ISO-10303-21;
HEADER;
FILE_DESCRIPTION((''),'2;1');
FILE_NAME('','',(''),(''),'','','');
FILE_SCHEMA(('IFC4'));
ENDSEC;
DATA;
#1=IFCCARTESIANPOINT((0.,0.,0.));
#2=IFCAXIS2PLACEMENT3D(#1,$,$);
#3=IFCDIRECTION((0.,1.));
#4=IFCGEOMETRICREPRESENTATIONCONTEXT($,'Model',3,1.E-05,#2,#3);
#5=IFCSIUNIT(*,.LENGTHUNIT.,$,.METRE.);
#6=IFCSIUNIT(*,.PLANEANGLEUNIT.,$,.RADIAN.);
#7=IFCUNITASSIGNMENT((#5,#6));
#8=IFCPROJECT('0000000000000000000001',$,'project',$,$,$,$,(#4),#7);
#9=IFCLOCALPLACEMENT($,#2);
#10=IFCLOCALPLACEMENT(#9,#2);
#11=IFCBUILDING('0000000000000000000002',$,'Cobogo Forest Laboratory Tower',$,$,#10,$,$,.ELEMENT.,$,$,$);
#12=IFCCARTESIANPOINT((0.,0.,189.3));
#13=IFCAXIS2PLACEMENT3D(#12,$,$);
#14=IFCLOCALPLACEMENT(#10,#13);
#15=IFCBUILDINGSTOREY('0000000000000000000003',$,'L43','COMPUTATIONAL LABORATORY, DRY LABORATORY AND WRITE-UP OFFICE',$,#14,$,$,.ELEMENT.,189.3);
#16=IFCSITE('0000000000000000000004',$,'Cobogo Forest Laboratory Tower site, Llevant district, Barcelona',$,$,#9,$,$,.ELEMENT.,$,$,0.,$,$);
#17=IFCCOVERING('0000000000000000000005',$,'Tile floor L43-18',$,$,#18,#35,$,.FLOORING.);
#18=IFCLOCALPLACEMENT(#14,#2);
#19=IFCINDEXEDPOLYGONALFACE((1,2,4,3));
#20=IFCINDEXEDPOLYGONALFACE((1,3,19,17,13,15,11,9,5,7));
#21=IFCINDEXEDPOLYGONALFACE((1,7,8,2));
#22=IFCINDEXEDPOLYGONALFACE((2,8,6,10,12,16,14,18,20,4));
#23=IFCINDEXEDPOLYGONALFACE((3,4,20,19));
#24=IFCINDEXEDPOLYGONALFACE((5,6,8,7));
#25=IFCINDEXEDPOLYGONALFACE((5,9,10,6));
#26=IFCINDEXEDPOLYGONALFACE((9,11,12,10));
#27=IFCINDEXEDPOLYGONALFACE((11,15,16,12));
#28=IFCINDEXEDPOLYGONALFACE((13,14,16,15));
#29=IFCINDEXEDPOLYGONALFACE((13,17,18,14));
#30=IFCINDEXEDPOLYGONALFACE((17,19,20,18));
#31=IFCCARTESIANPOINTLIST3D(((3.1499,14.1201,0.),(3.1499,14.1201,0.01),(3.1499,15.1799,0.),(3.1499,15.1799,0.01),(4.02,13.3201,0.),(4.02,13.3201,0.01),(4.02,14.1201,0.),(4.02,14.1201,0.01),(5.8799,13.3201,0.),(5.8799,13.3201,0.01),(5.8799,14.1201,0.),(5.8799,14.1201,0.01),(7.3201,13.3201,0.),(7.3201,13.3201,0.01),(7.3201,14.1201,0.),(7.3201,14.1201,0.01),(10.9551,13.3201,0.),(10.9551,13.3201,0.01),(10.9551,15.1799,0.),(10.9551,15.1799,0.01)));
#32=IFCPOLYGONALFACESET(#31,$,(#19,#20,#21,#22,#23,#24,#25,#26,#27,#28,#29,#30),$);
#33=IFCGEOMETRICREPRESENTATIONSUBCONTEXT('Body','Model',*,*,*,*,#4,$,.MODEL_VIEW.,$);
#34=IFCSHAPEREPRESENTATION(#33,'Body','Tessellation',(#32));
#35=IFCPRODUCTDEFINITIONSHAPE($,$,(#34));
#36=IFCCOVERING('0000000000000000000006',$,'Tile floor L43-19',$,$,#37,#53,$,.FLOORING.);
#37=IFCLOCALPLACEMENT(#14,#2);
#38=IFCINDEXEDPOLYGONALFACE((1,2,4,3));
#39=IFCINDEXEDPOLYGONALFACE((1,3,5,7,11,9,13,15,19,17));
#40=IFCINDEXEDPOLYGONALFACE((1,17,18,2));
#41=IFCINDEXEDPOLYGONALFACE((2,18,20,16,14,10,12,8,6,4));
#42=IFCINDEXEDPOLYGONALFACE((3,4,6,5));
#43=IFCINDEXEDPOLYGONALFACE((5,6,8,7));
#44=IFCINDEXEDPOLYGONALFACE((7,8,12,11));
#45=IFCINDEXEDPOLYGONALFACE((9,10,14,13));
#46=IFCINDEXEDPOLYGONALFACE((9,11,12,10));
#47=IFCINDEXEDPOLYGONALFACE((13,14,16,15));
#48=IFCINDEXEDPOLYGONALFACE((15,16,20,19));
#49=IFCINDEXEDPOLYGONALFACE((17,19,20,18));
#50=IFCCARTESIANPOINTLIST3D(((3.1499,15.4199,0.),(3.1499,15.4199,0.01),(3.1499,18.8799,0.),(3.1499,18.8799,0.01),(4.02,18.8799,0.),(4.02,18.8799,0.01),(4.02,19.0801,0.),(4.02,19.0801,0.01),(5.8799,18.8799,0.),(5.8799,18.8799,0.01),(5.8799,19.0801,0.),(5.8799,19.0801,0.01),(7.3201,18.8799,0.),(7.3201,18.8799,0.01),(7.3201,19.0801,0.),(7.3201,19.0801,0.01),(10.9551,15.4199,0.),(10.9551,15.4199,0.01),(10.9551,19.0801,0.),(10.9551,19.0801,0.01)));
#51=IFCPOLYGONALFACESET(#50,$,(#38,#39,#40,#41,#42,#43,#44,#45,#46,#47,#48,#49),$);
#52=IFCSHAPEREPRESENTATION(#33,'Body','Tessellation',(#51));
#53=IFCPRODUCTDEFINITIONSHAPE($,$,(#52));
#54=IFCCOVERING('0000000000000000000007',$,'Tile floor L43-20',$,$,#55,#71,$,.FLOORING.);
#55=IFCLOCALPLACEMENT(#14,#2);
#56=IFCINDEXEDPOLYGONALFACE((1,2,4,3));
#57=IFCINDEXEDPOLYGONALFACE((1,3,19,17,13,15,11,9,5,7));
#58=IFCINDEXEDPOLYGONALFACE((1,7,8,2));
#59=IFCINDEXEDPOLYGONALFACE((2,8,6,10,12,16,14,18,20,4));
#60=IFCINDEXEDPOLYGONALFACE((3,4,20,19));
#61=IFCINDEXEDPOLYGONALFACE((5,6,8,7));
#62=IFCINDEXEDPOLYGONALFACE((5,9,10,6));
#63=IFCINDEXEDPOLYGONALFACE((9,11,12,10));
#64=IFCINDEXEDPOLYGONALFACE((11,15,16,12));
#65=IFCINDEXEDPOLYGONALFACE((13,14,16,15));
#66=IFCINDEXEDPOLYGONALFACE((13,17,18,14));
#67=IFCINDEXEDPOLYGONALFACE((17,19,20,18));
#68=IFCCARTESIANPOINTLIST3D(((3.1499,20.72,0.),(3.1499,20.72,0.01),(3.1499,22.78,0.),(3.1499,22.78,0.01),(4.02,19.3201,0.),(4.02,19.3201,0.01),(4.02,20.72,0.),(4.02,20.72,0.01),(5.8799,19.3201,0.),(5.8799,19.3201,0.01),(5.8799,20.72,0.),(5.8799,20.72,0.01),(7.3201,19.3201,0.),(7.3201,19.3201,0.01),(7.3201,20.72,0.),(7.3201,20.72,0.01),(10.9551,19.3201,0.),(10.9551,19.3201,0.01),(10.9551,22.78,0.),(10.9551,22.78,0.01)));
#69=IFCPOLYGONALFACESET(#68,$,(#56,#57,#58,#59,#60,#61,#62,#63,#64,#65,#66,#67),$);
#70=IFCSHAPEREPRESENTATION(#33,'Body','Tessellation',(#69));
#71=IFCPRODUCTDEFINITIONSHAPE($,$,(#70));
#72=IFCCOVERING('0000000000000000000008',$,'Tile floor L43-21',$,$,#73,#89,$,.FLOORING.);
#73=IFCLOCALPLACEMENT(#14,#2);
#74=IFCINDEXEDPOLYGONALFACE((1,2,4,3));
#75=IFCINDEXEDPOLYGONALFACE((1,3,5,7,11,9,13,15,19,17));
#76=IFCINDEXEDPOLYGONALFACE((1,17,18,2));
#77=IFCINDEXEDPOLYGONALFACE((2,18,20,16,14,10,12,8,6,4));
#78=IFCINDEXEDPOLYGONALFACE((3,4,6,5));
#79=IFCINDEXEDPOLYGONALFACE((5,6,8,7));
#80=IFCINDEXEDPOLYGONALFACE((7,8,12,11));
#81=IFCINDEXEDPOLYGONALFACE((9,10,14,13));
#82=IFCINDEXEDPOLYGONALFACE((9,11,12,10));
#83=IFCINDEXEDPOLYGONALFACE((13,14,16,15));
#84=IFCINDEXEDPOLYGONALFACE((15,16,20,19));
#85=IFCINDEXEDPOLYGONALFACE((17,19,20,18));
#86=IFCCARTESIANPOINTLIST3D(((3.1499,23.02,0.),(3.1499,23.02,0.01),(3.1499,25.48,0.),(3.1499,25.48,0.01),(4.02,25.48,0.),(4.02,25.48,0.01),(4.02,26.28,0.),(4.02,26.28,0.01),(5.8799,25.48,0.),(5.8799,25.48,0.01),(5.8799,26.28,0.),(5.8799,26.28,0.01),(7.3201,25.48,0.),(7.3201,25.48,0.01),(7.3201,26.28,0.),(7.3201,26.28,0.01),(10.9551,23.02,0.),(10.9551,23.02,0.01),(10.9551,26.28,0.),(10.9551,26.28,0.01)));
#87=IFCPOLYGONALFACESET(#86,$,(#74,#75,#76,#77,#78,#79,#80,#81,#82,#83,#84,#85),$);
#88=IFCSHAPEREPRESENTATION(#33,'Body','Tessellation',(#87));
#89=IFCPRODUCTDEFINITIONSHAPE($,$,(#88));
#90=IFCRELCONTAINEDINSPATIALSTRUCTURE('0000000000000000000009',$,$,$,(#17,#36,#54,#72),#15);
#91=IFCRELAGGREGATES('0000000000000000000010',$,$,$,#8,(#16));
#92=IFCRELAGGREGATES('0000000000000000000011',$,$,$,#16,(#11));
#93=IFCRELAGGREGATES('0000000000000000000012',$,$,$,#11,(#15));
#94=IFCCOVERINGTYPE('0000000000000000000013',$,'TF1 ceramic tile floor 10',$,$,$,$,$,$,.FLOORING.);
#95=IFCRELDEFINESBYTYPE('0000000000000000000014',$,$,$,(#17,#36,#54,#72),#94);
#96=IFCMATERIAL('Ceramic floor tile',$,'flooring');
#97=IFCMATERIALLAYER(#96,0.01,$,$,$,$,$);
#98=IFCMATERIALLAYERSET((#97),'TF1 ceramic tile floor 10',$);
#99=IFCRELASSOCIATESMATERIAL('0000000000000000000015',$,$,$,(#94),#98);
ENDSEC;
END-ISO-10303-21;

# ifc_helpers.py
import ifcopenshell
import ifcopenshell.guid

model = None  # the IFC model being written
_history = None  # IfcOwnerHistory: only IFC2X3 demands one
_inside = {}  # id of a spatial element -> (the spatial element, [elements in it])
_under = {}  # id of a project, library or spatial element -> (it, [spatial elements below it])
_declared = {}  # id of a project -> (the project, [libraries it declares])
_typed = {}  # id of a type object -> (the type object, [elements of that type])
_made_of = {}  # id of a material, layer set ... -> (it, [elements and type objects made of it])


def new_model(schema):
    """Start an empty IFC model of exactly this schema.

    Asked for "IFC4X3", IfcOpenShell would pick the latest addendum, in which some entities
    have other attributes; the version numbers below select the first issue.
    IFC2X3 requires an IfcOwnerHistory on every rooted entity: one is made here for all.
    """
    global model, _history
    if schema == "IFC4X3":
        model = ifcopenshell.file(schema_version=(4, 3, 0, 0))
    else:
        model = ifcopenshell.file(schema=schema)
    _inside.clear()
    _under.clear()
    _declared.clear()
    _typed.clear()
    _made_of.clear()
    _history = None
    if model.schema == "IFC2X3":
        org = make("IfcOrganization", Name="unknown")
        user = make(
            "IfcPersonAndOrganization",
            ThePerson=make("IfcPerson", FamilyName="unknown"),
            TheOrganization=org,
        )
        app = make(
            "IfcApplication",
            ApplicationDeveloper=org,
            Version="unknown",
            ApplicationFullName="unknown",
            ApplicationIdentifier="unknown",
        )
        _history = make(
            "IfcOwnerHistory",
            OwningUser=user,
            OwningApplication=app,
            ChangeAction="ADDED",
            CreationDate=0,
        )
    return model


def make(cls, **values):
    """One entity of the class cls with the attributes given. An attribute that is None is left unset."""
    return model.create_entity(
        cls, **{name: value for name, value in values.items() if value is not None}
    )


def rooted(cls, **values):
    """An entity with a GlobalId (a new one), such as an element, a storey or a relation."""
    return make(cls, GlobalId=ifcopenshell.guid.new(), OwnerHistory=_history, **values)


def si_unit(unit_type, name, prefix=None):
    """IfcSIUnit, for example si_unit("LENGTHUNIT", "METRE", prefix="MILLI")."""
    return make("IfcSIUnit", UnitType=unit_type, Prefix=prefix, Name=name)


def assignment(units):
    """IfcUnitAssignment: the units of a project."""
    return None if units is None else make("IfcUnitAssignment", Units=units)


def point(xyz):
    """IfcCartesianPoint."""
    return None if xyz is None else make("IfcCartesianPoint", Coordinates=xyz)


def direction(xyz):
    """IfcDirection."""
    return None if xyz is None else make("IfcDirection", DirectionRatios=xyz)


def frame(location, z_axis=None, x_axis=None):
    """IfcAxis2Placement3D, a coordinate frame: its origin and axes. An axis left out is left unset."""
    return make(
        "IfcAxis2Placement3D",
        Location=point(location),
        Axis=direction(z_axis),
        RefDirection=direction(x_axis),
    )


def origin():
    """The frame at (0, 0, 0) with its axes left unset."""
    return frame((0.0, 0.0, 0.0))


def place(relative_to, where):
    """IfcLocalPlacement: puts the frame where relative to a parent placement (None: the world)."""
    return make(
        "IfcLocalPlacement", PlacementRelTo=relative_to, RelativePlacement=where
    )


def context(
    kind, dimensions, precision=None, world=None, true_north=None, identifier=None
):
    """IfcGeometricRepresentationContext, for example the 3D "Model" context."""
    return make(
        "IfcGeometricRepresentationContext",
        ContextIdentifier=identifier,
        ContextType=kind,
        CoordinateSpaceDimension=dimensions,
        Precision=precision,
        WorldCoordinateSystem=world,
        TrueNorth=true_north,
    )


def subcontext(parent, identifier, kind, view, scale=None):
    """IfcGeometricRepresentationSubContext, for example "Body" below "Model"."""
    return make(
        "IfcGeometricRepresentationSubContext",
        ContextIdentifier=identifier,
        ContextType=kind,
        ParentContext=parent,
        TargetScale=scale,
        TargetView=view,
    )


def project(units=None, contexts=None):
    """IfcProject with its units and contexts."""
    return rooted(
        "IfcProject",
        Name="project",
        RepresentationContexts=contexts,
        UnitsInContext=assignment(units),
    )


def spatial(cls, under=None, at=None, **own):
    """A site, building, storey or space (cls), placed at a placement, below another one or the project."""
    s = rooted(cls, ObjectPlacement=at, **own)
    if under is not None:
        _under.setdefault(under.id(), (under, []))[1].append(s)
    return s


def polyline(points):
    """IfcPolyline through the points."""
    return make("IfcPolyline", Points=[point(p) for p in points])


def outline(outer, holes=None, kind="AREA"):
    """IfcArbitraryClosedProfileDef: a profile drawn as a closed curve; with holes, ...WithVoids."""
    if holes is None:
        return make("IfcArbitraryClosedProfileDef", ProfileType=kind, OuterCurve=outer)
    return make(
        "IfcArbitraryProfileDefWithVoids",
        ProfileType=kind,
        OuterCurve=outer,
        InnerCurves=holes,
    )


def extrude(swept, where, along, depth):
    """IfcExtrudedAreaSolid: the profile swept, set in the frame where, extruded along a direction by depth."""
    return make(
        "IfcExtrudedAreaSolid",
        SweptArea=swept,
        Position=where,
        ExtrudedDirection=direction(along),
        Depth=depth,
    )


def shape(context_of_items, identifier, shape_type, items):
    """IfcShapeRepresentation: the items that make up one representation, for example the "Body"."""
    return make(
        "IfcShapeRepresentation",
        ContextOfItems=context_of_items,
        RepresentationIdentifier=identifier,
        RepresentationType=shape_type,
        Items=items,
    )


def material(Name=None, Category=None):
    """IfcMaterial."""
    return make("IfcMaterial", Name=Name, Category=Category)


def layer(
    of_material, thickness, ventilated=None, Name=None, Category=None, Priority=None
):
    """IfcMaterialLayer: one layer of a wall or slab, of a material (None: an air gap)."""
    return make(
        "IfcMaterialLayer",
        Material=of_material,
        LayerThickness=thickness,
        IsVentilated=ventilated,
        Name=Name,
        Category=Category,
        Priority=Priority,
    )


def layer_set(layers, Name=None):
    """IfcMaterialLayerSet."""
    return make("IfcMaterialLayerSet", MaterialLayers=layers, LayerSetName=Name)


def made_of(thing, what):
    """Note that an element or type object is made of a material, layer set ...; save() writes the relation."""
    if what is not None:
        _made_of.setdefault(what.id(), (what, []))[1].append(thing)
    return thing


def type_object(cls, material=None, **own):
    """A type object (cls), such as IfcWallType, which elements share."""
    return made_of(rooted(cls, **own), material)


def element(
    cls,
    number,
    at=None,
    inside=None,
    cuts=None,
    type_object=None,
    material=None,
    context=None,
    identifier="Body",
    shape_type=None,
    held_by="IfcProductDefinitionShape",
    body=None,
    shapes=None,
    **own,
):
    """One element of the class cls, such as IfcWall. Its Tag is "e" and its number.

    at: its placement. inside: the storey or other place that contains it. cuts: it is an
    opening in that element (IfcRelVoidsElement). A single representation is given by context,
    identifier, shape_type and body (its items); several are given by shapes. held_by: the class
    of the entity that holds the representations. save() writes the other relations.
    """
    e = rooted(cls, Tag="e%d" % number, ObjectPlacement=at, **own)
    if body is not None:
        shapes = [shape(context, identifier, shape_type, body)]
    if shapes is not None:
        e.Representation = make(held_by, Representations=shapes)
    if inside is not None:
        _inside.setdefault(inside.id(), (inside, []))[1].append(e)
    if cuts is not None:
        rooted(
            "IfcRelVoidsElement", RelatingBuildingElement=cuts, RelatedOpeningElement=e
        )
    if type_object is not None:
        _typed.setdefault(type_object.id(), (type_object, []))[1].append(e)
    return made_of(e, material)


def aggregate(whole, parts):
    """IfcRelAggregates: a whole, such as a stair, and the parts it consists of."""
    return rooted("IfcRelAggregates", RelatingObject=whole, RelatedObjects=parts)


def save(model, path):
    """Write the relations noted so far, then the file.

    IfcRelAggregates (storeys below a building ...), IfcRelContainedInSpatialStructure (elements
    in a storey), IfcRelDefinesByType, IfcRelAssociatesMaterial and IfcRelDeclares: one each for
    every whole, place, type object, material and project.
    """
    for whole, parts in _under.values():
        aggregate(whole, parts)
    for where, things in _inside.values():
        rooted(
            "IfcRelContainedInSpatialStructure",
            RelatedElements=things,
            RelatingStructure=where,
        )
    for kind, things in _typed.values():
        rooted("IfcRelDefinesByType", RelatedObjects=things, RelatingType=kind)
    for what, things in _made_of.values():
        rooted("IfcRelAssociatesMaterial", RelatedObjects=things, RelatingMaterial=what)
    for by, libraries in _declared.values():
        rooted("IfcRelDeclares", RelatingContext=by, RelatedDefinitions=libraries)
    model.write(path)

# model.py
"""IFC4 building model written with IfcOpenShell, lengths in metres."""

from ifc_helpers import new_model, si_unit, direction, frame, origin, place, context, subcontext, project, spatial, polyline, outline, extrude, material, layer, layer_set, type_object, element, save


model = new_model("IFC4")

# Units and contexts
model_context = context("Model", 3, precision=1e-05, world=origin(), true_north=direction((0.0, 1.0)))
body_context = subcontext(model_context, "Body", "Model", "MODEL_VIEW")
ifc_project = project(units=[si_unit("LENGTHUNIT", "METRE"), si_unit("PLANEANGLEUNIT", "RADIAN")], contexts=[model_context])

# Site, building, storey
site_placement = place(None, origin())
site = spatial("IfcSite", under=ifc_project, at=site_placement, Name="Cobogo Forest Laboratory Tower site, Llevant district, Barcelona", CompositionType="ELEMENT", RefElevation=0.0)
building_placement = place(site_placement, origin())
building = spatial("IfcBuilding", under=site, at=building_placement, Name="Cobogo Forest Laboratory Tower", CompositionType="ELEMENT")
storey_placement = place(building_placement, frame((0.0, 0.0, 189.3)))
storey = spatial("IfcBuildingStorey", under=building, at=storey_placement, Name="L43", Description="COMPUTATIONAL LABORATORY, DRY LABORATORY AND WRITE-UP OFFICE", CompositionType="ELEMENT", Elevation=189.3)

# Coverings
ifc_material_1 = material(Name="Ceramic floor tile", Category="flooring")
ifc_layer_1 = layer(ifc_material_1, 0.01)
ifc_layer_set_1 = layer_set([ifc_layer_1], Name="TF1 ceramic tile floor 10")
covering_type_1 = type_object("IfcCoveringType", Name="TF1 ceramic tile floor 10", PredefinedType="FLOORING", material=ifc_layer_set_1)
covering_1_placement = place(storey_placement, origin())
element("IfcCovering", 1, at=covering_1_placement, inside=storey, type_object=covering_type_1, Name="Tile floor L43-18", PredefinedType="FLOORING", context=body_context, shape_type="SweptSolid", body=[
    extrude(outline(polyline([(10.9551, 13.3201), (7.3201, 13.3201), (7.3201, 14.1201), (5.8799, 14.1201), (5.8799, 13.3201), (4.02, 13.3201), (4.02, 14.1201), (3.1499, 14.1201), (3.1499, 15.1799), (10.9551, 15.1799), (10.9551, 13.3201)])), origin(), (0.0, 0.0, 1.0), 0.01),
])
covering_2_placement = place(storey_placement, origin())
element("IfcCovering", 2, at=covering_2_placement, inside=storey, type_object=covering_type_1, Name="Tile floor L43-19", PredefinedType="FLOORING", context=body_context, shape_type="SweptSolid", body=[
    extrude(outline(polyline([(10.9551, 15.4199), (3.1499, 15.4199), (3.1499, 18.8799), (4.02, 18.8799), (4.02, 19.0801), (5.8799, 19.0801), (5.8799, 18.8799), (7.3201, 18.8799), (7.3201, 19.0801), (10.9551, 19.0801), (10.9551, 15.4199)])), origin(), (0.0, 0.0, 1.0), 0.01),
])
covering_3_placement = place(storey_placement, origin())
element("IfcCovering", 3, at=covering_3_placement, inside=storey, type_object=covering_type_1, Name="Tile floor L43-20", PredefinedType="FLOORING", context=body_context, shape_type="SweptSolid", body=[
    extrude(outline(polyline([(10.9551, 19.3201), (7.3201, 19.3201), (7.3201, 20.72), (5.8799, 20.72), (5.8799, 19.3201), (4.02, 19.3201), (4.02, 20.72), (3.1499, 20.72), (3.1499, 22.78), (10.9551, 22.78), (10.9551, 19.3201)])), origin(), (0.0, 0.0, 1.0), 0.01),
])
covering_4_placement = place(storey_placement, origin())
element("IfcCovering", 4, at=covering_4_placement, inside=storey, type_object=covering_type_1, Name="Tile floor L43-21", PredefinedType="FLOORING", context=body_context, shape_type="SweptSolid", body=[
    extrude(outline(polyline([(10.9551, 23.02), (3.1499, 23.02), (3.1499, 25.48), (4.02, 25.48), (4.02, 26.28), (5.8799, 26.28), (5.8799, 25.48), (7.3201, 25.48), (7.3201, 26.28), (10.9551, 26.28), (10.9551, 23.02)])), origin(), (0.0, 0.0, 1.0), 0.01),
])

save(model, "model.ifc")
